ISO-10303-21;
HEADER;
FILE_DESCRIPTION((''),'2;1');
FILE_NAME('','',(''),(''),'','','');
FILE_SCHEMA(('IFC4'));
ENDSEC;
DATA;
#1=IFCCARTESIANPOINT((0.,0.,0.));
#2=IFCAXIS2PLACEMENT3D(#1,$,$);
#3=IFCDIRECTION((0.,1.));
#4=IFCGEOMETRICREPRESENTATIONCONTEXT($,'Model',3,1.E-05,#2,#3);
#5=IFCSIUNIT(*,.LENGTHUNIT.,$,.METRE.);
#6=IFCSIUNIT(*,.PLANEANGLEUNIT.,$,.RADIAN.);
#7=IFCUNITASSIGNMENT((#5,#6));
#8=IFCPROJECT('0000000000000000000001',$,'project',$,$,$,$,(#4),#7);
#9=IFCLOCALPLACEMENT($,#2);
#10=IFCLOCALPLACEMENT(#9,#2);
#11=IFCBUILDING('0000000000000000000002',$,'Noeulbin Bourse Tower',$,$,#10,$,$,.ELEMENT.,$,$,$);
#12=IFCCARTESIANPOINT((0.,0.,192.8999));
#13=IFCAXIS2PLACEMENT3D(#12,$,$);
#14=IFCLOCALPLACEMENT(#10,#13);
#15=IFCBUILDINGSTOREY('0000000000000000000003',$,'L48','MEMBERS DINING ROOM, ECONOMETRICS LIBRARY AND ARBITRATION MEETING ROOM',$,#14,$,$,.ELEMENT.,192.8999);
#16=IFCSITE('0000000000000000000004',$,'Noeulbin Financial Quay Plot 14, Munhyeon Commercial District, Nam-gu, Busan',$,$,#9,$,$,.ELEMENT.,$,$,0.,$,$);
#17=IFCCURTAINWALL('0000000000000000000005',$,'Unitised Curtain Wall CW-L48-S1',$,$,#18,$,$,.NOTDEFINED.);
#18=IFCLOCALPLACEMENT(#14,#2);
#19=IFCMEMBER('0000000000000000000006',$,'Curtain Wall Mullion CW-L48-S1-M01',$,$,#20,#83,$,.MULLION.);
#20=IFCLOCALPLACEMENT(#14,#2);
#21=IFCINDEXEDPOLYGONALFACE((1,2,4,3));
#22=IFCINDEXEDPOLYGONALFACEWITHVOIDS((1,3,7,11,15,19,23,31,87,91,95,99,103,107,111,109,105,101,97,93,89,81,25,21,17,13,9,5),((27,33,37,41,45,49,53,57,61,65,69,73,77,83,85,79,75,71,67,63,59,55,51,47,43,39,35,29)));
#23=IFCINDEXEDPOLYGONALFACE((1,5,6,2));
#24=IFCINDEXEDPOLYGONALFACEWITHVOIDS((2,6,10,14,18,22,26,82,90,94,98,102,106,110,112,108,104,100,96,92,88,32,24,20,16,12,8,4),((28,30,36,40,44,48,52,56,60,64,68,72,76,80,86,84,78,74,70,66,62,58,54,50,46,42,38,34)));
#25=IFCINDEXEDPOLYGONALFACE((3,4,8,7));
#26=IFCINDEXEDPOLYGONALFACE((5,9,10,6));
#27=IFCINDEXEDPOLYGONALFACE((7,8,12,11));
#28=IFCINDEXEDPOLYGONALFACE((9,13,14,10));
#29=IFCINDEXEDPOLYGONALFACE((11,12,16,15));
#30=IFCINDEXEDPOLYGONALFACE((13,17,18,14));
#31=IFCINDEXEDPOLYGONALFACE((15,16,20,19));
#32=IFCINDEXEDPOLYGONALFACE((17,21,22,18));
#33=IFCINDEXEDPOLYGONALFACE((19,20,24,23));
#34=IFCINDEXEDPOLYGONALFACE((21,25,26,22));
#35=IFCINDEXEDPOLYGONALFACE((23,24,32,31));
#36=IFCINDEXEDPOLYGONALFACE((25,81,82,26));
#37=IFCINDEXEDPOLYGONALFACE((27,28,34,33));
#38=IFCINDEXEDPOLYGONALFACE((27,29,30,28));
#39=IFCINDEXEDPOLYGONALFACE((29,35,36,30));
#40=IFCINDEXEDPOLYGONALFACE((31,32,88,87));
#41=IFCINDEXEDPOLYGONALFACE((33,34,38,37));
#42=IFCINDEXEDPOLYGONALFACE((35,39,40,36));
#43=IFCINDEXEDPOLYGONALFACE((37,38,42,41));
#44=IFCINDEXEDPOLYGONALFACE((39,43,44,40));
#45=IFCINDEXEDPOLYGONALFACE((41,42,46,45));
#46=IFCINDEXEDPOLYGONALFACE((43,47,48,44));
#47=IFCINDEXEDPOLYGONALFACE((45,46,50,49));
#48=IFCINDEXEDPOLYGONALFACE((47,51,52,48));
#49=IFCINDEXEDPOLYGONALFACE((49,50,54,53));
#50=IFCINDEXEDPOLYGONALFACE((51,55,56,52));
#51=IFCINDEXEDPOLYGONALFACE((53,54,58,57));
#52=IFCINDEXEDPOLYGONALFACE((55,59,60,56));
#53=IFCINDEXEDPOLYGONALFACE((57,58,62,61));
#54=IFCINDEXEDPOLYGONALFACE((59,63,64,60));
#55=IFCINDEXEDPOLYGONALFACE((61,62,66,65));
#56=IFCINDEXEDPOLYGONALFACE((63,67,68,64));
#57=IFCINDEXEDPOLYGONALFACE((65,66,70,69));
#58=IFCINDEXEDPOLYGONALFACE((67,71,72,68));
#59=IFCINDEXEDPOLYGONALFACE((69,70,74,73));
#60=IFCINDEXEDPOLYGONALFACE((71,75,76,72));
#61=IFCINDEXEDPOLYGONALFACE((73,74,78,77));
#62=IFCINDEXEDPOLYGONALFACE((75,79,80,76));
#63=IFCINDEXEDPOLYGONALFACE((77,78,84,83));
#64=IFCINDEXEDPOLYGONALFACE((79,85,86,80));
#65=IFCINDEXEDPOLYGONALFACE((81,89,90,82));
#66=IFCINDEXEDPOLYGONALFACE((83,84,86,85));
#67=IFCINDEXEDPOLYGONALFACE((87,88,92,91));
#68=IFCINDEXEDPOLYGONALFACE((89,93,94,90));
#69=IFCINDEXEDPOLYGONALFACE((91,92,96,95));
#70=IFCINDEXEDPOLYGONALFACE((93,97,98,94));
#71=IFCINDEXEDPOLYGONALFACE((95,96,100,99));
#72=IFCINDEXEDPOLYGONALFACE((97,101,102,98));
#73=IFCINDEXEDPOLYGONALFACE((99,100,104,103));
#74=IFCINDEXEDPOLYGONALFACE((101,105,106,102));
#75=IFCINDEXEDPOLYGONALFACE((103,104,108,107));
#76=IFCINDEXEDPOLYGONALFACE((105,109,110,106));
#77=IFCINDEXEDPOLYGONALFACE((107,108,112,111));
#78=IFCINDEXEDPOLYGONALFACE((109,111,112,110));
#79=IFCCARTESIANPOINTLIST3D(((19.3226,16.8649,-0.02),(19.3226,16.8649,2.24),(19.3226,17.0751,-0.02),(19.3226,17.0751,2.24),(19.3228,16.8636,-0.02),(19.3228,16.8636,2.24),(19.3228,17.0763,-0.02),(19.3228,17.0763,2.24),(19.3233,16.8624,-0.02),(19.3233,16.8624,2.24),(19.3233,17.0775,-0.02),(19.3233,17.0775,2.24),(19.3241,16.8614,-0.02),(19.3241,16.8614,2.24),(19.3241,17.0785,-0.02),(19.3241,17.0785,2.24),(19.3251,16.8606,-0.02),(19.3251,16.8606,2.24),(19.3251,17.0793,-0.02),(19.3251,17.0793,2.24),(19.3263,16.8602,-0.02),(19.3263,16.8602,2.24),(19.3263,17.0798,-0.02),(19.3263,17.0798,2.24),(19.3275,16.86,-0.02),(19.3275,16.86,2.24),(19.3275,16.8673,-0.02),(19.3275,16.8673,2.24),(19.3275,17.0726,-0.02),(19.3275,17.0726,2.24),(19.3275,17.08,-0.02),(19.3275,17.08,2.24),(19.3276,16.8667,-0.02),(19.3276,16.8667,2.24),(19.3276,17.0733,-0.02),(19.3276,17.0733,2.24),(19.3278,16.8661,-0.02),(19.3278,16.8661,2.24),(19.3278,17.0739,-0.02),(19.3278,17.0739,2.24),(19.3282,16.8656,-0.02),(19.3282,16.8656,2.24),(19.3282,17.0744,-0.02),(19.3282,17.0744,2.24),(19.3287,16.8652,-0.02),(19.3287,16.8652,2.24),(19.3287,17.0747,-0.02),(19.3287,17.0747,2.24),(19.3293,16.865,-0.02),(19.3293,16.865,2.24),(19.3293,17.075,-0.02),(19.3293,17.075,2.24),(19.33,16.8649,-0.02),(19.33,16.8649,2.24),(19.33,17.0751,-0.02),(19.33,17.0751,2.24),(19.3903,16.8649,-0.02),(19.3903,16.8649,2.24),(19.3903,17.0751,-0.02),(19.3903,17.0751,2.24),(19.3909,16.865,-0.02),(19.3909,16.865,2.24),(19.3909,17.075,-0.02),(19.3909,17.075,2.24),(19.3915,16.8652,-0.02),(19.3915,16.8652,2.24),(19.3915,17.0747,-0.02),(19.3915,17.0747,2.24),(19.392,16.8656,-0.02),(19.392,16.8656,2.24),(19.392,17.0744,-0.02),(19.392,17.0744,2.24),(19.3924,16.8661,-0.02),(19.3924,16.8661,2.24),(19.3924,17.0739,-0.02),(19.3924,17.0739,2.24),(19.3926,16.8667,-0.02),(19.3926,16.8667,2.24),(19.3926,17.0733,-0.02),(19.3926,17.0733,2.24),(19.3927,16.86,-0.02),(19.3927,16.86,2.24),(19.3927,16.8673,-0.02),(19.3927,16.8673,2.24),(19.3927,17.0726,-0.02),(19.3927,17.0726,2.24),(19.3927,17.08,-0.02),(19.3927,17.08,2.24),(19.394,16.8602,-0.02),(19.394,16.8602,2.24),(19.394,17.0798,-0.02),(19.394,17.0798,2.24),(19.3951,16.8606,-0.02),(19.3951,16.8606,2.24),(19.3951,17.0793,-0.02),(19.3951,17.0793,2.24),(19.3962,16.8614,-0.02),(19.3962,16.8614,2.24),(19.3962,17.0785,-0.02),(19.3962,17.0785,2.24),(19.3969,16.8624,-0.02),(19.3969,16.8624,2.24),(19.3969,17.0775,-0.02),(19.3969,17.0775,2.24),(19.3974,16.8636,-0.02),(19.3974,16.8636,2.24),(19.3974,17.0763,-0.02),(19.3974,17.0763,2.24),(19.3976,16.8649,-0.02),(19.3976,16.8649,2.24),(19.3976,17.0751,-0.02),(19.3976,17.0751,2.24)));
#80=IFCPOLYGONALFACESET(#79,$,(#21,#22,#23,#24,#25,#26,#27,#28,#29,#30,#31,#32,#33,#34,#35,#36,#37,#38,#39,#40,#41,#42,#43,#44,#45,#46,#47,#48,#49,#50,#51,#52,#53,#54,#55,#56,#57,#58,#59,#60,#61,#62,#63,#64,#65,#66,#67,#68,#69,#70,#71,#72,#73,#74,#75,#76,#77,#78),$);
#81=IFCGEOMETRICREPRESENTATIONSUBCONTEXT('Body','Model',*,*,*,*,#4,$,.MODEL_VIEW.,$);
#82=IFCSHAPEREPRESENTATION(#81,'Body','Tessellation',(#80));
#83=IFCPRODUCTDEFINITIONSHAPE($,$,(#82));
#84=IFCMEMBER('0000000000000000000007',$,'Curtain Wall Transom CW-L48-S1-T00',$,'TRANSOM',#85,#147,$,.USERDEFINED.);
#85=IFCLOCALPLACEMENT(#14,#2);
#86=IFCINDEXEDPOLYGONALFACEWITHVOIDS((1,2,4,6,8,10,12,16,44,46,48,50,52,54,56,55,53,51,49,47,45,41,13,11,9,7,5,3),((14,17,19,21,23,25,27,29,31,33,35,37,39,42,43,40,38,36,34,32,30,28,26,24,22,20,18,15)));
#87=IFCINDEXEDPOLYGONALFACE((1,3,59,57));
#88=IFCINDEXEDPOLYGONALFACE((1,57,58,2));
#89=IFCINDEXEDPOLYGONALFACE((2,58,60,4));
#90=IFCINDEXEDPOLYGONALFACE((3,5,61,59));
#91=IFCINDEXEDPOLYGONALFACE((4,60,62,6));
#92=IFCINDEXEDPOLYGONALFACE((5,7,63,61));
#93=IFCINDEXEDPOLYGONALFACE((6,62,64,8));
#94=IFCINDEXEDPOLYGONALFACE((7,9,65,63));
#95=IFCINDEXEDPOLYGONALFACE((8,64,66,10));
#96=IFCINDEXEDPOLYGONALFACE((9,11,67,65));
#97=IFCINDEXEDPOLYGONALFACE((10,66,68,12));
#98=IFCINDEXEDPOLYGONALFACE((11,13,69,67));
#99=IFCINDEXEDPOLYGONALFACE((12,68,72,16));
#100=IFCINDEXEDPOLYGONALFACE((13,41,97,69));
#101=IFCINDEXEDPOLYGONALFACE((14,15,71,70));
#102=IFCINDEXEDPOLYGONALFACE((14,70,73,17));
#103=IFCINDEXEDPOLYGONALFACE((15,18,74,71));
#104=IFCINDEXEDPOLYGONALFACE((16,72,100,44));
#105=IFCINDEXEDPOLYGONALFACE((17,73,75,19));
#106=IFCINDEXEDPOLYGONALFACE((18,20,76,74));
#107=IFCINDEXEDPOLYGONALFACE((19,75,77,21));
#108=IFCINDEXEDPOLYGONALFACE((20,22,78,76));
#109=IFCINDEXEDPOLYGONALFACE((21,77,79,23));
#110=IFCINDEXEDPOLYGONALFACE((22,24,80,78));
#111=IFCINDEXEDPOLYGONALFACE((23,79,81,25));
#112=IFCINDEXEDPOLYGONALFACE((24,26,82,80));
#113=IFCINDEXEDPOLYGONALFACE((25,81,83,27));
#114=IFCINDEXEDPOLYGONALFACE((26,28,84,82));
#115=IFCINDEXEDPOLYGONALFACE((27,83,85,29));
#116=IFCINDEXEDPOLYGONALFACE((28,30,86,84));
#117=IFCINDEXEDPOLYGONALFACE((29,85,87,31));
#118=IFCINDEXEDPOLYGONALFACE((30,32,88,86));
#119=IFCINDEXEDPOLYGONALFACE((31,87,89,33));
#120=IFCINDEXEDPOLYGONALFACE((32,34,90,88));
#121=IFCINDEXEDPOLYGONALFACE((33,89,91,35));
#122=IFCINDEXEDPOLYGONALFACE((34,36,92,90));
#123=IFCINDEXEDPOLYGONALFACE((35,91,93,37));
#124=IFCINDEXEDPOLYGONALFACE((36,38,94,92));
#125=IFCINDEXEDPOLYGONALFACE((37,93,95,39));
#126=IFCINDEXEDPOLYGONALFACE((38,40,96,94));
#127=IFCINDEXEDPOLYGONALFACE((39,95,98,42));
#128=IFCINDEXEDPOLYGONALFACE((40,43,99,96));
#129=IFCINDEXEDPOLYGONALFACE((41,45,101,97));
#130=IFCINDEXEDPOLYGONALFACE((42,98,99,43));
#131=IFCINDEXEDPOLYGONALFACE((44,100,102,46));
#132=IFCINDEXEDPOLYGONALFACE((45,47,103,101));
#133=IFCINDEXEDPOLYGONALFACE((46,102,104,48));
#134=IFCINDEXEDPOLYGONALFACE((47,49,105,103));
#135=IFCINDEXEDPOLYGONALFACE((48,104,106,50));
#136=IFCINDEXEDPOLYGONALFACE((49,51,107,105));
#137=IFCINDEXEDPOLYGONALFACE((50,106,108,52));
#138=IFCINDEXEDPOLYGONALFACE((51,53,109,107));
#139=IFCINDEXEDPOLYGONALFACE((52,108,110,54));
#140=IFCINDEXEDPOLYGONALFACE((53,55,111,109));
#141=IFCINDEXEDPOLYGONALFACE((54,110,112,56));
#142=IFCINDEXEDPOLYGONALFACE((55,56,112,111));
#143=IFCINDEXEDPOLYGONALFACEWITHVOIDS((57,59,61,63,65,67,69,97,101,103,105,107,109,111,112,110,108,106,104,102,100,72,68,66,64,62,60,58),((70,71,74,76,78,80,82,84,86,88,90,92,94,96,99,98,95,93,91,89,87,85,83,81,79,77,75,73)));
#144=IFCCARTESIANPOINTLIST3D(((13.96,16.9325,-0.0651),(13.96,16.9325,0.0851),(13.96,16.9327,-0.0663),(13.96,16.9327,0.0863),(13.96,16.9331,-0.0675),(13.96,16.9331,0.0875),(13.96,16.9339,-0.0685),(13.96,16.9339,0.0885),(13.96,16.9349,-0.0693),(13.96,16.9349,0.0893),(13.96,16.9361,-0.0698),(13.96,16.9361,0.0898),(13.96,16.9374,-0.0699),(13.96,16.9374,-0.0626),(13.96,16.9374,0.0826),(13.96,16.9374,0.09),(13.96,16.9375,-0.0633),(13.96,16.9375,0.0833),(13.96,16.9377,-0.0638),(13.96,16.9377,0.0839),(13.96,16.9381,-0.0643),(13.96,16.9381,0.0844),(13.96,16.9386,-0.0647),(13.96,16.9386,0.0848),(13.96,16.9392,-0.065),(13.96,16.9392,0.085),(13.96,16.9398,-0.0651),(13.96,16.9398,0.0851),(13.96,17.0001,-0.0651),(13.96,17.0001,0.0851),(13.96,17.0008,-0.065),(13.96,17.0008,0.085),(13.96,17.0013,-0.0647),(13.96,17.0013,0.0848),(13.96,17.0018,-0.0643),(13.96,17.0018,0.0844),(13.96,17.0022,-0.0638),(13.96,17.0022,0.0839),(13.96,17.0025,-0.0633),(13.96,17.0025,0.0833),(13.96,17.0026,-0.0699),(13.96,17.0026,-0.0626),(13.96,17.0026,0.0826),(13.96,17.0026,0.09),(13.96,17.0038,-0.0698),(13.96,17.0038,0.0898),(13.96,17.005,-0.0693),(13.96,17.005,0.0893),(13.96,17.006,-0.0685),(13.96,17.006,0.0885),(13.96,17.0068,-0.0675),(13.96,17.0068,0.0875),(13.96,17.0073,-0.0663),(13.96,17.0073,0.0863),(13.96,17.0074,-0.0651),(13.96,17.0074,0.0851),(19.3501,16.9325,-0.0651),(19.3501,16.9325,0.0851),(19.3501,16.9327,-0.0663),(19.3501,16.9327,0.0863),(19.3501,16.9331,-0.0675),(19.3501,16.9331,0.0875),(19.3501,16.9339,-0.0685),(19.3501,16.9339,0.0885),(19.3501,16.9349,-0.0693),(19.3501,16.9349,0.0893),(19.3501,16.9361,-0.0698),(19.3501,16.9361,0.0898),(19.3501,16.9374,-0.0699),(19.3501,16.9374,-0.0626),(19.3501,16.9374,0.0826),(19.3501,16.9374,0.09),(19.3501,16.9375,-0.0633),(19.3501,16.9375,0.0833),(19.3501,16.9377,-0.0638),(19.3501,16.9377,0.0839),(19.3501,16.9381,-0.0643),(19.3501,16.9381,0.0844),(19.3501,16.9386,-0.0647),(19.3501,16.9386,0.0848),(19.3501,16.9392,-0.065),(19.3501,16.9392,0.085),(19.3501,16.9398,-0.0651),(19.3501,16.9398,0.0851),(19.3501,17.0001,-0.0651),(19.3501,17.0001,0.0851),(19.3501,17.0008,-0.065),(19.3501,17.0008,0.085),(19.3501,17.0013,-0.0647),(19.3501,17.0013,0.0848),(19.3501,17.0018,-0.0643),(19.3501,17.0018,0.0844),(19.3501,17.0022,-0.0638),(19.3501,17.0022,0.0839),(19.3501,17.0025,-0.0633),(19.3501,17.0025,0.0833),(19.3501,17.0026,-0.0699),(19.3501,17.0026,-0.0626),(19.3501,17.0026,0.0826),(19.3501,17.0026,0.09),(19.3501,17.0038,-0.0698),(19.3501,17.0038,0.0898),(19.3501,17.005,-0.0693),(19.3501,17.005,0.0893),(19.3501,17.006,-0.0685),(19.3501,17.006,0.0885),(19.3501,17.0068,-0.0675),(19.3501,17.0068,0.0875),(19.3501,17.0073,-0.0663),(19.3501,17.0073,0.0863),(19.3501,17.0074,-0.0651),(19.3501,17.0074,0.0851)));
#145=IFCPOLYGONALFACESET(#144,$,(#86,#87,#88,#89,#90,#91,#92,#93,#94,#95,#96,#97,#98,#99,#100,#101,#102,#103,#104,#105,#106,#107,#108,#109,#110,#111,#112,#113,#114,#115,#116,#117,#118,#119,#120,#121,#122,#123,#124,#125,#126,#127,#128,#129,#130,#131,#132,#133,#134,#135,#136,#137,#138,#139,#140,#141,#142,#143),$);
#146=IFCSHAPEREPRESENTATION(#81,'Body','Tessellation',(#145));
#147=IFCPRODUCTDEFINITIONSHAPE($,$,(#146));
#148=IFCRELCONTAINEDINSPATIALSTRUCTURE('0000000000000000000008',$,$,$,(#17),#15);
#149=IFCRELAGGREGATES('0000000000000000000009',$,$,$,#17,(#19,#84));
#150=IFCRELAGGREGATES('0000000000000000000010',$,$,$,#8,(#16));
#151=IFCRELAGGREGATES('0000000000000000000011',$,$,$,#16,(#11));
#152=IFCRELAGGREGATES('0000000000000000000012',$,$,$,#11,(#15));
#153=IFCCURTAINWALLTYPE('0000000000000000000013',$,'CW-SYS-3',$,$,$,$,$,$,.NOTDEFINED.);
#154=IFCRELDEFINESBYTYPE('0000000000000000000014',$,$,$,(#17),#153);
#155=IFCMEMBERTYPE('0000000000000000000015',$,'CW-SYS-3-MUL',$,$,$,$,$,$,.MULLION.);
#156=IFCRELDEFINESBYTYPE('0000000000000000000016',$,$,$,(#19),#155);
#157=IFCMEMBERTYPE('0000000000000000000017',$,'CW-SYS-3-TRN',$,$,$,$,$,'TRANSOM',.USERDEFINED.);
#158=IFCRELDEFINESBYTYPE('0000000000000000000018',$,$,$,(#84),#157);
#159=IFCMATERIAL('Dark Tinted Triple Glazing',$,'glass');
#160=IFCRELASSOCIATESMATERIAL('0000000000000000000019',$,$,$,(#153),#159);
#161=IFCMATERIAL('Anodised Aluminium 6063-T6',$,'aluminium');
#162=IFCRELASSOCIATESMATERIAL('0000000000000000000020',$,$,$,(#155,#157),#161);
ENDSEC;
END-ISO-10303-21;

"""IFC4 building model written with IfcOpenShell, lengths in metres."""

from ifc_helpers import new_model, si_unit, direction, frame, origin, origin_2d, place, context, subcontext, project, spatial, hollow_rectangle, extrude, material, material_profile, profile_set, type_object, element, aggregate, save


model = new_model("IFC4")

# Units and contexts
model_context = context("Model", 3, precision=1e-05, world=origin(), true_north=direction((0.0, 1.0)))
body_context = subcontext(model_context, "Body", "Model", "MODEL_VIEW")
ifc_project = project(units=[si_unit("LENGTHUNIT", "METRE"), si_unit("PLANEANGLEUNIT", "RADIAN")], contexts=[model_context])

# Site, building, storey
site_placement = place(None, origin())
site = spatial("IfcSite", under=ifc_project, at=site_placement, Name="Noeulbin Financial Quay Plot 14, Munhyeon Commercial District, Nam-gu, Busan", CompositionType="ELEMENT", RefElevation=0.0)
building_placement = place(site_placement, origin())
building = spatial("IfcBuilding", under=site, at=building_placement, Name="Noeulbin Bourse Tower", CompositionType="ELEMENT")
storey_placement = place(building_placement, frame((0.0, 0.0, 192.8999)))
storey = spatial("IfcBuildingStorey", under=building, at=storey_placement, Name="L48", Description="MEMBERS DINING ROOM, ECONOMETRICS LIBRARY AND ARBITRATION MEETING ROOM", CompositionType="ELEMENT", Elevation=192.8999)

# Curtain wall, members
ifc_material_1 = material(Name="Dark Tinted Triple Glazing", Category="glass")
curtain_wall_type = type_object("IfcCurtainWallType", Name="CW-SYS-3", PredefinedType="NOTDEFINED", material=ifc_material_1)
curtain_wall_placement = place(storey_placement, origin())
curtain_wall = element("IfcCurtainWall", 1, at=curtain_wall_placement, inside=storey, type_object=curtain_wall_type, Name="Unitised Curtain Wall CW-L48-S1", PredefinedType="NOTDEFINED")
ifc_material_2 = material(Name="Anodised Aluminium 6063-T6", Category="aluminium")
ifc_material_profile_1 = material_profile(ifc_material_2, hollow_rectangle(XDim=0.075, YDim=0.22, WallThickness=0.0049, InnerFilletRadius=0.0024, OuterFilletRadius=0.0049, at=origin_2d()), Name="ALU-MULL-75x220x5", Category="LoadBearing")
ifc_profile_set_1 = profile_set([ifc_material_profile_1], Name="Anodised Aluminium 6063-T6")
member_type_1 = type_object("IfcMemberType", Name="CW-SYS-3-MUL", PredefinedType="MULLION", material=ifc_profile_set_1)
member_1_placement = place(storey_placement, frame((19.3601, 16.97, -0.02), z_axis=(0.0, 0.0, 1.0), x_axis=(1.0, 0.0, 0.0)))
member_1 = element("IfcMember", 2, at=member_1_placement, type_object=member_type_1, Name="Curtain Wall Mullion CW-L48-S1-M01", PredefinedType="MULLION", context=body_context, shape_type="SweptSolid", body=[
    extrude(hollow_rectangle(XDim=0.075, YDim=0.22, WallThickness=0.0049, InnerFilletRadius=0.0024, OuterFilletRadius=0.0049, at=origin_2d()), origin(), (0.0, 0.0, 1.0), 2.26),
])
ifc_material_profile_2 = material_profile(ifc_material_2, hollow_rectangle(XDim=0.075, YDim=0.1599, WallThickness=0.0049, InnerFilletRadius=0.0024, OuterFilletRadius=0.0049, at=origin_2d()), Name="ALU-TRAN-75x160x5", Category="LoadBearing")
ifc_profile_set_2 = profile_set([ifc_material_profile_2], Name="Anodised Aluminium 6063-T6")
member_type_2 = type_object("IfcMemberType", Name="CW-SYS-3-TRN", ElementType="TRANSOM", PredefinedType="USERDEFINED", material=ifc_profile_set_2)
member_2_placement = place(storey_placement, frame((13.96, 16.97, 0.01), z_axis=(1.0, 0.0, 0.0), x_axis=(0.0, 1.0, 0.0)))
member_2 = element("IfcMember", 3, at=member_2_placement, type_object=member_type_2, Name="Curtain Wall Transom CW-L48-S1-T00", ObjectType="TRANSOM", PredefinedType="USERDEFINED", context=body_context, shape_type="SweptSolid", body=[
    extrude(hollow_rectangle(XDim=0.075, YDim=0.1599, WallThickness=0.0049, InnerFilletRadius=0.0024, OuterFilletRadius=0.0049, at=origin_2d()), origin(), (0.0, 0.0, 1.0), 5.3901),
])
aggregate(curtain_wall, [member_1, member_2])

save(model, "model.ifc")
